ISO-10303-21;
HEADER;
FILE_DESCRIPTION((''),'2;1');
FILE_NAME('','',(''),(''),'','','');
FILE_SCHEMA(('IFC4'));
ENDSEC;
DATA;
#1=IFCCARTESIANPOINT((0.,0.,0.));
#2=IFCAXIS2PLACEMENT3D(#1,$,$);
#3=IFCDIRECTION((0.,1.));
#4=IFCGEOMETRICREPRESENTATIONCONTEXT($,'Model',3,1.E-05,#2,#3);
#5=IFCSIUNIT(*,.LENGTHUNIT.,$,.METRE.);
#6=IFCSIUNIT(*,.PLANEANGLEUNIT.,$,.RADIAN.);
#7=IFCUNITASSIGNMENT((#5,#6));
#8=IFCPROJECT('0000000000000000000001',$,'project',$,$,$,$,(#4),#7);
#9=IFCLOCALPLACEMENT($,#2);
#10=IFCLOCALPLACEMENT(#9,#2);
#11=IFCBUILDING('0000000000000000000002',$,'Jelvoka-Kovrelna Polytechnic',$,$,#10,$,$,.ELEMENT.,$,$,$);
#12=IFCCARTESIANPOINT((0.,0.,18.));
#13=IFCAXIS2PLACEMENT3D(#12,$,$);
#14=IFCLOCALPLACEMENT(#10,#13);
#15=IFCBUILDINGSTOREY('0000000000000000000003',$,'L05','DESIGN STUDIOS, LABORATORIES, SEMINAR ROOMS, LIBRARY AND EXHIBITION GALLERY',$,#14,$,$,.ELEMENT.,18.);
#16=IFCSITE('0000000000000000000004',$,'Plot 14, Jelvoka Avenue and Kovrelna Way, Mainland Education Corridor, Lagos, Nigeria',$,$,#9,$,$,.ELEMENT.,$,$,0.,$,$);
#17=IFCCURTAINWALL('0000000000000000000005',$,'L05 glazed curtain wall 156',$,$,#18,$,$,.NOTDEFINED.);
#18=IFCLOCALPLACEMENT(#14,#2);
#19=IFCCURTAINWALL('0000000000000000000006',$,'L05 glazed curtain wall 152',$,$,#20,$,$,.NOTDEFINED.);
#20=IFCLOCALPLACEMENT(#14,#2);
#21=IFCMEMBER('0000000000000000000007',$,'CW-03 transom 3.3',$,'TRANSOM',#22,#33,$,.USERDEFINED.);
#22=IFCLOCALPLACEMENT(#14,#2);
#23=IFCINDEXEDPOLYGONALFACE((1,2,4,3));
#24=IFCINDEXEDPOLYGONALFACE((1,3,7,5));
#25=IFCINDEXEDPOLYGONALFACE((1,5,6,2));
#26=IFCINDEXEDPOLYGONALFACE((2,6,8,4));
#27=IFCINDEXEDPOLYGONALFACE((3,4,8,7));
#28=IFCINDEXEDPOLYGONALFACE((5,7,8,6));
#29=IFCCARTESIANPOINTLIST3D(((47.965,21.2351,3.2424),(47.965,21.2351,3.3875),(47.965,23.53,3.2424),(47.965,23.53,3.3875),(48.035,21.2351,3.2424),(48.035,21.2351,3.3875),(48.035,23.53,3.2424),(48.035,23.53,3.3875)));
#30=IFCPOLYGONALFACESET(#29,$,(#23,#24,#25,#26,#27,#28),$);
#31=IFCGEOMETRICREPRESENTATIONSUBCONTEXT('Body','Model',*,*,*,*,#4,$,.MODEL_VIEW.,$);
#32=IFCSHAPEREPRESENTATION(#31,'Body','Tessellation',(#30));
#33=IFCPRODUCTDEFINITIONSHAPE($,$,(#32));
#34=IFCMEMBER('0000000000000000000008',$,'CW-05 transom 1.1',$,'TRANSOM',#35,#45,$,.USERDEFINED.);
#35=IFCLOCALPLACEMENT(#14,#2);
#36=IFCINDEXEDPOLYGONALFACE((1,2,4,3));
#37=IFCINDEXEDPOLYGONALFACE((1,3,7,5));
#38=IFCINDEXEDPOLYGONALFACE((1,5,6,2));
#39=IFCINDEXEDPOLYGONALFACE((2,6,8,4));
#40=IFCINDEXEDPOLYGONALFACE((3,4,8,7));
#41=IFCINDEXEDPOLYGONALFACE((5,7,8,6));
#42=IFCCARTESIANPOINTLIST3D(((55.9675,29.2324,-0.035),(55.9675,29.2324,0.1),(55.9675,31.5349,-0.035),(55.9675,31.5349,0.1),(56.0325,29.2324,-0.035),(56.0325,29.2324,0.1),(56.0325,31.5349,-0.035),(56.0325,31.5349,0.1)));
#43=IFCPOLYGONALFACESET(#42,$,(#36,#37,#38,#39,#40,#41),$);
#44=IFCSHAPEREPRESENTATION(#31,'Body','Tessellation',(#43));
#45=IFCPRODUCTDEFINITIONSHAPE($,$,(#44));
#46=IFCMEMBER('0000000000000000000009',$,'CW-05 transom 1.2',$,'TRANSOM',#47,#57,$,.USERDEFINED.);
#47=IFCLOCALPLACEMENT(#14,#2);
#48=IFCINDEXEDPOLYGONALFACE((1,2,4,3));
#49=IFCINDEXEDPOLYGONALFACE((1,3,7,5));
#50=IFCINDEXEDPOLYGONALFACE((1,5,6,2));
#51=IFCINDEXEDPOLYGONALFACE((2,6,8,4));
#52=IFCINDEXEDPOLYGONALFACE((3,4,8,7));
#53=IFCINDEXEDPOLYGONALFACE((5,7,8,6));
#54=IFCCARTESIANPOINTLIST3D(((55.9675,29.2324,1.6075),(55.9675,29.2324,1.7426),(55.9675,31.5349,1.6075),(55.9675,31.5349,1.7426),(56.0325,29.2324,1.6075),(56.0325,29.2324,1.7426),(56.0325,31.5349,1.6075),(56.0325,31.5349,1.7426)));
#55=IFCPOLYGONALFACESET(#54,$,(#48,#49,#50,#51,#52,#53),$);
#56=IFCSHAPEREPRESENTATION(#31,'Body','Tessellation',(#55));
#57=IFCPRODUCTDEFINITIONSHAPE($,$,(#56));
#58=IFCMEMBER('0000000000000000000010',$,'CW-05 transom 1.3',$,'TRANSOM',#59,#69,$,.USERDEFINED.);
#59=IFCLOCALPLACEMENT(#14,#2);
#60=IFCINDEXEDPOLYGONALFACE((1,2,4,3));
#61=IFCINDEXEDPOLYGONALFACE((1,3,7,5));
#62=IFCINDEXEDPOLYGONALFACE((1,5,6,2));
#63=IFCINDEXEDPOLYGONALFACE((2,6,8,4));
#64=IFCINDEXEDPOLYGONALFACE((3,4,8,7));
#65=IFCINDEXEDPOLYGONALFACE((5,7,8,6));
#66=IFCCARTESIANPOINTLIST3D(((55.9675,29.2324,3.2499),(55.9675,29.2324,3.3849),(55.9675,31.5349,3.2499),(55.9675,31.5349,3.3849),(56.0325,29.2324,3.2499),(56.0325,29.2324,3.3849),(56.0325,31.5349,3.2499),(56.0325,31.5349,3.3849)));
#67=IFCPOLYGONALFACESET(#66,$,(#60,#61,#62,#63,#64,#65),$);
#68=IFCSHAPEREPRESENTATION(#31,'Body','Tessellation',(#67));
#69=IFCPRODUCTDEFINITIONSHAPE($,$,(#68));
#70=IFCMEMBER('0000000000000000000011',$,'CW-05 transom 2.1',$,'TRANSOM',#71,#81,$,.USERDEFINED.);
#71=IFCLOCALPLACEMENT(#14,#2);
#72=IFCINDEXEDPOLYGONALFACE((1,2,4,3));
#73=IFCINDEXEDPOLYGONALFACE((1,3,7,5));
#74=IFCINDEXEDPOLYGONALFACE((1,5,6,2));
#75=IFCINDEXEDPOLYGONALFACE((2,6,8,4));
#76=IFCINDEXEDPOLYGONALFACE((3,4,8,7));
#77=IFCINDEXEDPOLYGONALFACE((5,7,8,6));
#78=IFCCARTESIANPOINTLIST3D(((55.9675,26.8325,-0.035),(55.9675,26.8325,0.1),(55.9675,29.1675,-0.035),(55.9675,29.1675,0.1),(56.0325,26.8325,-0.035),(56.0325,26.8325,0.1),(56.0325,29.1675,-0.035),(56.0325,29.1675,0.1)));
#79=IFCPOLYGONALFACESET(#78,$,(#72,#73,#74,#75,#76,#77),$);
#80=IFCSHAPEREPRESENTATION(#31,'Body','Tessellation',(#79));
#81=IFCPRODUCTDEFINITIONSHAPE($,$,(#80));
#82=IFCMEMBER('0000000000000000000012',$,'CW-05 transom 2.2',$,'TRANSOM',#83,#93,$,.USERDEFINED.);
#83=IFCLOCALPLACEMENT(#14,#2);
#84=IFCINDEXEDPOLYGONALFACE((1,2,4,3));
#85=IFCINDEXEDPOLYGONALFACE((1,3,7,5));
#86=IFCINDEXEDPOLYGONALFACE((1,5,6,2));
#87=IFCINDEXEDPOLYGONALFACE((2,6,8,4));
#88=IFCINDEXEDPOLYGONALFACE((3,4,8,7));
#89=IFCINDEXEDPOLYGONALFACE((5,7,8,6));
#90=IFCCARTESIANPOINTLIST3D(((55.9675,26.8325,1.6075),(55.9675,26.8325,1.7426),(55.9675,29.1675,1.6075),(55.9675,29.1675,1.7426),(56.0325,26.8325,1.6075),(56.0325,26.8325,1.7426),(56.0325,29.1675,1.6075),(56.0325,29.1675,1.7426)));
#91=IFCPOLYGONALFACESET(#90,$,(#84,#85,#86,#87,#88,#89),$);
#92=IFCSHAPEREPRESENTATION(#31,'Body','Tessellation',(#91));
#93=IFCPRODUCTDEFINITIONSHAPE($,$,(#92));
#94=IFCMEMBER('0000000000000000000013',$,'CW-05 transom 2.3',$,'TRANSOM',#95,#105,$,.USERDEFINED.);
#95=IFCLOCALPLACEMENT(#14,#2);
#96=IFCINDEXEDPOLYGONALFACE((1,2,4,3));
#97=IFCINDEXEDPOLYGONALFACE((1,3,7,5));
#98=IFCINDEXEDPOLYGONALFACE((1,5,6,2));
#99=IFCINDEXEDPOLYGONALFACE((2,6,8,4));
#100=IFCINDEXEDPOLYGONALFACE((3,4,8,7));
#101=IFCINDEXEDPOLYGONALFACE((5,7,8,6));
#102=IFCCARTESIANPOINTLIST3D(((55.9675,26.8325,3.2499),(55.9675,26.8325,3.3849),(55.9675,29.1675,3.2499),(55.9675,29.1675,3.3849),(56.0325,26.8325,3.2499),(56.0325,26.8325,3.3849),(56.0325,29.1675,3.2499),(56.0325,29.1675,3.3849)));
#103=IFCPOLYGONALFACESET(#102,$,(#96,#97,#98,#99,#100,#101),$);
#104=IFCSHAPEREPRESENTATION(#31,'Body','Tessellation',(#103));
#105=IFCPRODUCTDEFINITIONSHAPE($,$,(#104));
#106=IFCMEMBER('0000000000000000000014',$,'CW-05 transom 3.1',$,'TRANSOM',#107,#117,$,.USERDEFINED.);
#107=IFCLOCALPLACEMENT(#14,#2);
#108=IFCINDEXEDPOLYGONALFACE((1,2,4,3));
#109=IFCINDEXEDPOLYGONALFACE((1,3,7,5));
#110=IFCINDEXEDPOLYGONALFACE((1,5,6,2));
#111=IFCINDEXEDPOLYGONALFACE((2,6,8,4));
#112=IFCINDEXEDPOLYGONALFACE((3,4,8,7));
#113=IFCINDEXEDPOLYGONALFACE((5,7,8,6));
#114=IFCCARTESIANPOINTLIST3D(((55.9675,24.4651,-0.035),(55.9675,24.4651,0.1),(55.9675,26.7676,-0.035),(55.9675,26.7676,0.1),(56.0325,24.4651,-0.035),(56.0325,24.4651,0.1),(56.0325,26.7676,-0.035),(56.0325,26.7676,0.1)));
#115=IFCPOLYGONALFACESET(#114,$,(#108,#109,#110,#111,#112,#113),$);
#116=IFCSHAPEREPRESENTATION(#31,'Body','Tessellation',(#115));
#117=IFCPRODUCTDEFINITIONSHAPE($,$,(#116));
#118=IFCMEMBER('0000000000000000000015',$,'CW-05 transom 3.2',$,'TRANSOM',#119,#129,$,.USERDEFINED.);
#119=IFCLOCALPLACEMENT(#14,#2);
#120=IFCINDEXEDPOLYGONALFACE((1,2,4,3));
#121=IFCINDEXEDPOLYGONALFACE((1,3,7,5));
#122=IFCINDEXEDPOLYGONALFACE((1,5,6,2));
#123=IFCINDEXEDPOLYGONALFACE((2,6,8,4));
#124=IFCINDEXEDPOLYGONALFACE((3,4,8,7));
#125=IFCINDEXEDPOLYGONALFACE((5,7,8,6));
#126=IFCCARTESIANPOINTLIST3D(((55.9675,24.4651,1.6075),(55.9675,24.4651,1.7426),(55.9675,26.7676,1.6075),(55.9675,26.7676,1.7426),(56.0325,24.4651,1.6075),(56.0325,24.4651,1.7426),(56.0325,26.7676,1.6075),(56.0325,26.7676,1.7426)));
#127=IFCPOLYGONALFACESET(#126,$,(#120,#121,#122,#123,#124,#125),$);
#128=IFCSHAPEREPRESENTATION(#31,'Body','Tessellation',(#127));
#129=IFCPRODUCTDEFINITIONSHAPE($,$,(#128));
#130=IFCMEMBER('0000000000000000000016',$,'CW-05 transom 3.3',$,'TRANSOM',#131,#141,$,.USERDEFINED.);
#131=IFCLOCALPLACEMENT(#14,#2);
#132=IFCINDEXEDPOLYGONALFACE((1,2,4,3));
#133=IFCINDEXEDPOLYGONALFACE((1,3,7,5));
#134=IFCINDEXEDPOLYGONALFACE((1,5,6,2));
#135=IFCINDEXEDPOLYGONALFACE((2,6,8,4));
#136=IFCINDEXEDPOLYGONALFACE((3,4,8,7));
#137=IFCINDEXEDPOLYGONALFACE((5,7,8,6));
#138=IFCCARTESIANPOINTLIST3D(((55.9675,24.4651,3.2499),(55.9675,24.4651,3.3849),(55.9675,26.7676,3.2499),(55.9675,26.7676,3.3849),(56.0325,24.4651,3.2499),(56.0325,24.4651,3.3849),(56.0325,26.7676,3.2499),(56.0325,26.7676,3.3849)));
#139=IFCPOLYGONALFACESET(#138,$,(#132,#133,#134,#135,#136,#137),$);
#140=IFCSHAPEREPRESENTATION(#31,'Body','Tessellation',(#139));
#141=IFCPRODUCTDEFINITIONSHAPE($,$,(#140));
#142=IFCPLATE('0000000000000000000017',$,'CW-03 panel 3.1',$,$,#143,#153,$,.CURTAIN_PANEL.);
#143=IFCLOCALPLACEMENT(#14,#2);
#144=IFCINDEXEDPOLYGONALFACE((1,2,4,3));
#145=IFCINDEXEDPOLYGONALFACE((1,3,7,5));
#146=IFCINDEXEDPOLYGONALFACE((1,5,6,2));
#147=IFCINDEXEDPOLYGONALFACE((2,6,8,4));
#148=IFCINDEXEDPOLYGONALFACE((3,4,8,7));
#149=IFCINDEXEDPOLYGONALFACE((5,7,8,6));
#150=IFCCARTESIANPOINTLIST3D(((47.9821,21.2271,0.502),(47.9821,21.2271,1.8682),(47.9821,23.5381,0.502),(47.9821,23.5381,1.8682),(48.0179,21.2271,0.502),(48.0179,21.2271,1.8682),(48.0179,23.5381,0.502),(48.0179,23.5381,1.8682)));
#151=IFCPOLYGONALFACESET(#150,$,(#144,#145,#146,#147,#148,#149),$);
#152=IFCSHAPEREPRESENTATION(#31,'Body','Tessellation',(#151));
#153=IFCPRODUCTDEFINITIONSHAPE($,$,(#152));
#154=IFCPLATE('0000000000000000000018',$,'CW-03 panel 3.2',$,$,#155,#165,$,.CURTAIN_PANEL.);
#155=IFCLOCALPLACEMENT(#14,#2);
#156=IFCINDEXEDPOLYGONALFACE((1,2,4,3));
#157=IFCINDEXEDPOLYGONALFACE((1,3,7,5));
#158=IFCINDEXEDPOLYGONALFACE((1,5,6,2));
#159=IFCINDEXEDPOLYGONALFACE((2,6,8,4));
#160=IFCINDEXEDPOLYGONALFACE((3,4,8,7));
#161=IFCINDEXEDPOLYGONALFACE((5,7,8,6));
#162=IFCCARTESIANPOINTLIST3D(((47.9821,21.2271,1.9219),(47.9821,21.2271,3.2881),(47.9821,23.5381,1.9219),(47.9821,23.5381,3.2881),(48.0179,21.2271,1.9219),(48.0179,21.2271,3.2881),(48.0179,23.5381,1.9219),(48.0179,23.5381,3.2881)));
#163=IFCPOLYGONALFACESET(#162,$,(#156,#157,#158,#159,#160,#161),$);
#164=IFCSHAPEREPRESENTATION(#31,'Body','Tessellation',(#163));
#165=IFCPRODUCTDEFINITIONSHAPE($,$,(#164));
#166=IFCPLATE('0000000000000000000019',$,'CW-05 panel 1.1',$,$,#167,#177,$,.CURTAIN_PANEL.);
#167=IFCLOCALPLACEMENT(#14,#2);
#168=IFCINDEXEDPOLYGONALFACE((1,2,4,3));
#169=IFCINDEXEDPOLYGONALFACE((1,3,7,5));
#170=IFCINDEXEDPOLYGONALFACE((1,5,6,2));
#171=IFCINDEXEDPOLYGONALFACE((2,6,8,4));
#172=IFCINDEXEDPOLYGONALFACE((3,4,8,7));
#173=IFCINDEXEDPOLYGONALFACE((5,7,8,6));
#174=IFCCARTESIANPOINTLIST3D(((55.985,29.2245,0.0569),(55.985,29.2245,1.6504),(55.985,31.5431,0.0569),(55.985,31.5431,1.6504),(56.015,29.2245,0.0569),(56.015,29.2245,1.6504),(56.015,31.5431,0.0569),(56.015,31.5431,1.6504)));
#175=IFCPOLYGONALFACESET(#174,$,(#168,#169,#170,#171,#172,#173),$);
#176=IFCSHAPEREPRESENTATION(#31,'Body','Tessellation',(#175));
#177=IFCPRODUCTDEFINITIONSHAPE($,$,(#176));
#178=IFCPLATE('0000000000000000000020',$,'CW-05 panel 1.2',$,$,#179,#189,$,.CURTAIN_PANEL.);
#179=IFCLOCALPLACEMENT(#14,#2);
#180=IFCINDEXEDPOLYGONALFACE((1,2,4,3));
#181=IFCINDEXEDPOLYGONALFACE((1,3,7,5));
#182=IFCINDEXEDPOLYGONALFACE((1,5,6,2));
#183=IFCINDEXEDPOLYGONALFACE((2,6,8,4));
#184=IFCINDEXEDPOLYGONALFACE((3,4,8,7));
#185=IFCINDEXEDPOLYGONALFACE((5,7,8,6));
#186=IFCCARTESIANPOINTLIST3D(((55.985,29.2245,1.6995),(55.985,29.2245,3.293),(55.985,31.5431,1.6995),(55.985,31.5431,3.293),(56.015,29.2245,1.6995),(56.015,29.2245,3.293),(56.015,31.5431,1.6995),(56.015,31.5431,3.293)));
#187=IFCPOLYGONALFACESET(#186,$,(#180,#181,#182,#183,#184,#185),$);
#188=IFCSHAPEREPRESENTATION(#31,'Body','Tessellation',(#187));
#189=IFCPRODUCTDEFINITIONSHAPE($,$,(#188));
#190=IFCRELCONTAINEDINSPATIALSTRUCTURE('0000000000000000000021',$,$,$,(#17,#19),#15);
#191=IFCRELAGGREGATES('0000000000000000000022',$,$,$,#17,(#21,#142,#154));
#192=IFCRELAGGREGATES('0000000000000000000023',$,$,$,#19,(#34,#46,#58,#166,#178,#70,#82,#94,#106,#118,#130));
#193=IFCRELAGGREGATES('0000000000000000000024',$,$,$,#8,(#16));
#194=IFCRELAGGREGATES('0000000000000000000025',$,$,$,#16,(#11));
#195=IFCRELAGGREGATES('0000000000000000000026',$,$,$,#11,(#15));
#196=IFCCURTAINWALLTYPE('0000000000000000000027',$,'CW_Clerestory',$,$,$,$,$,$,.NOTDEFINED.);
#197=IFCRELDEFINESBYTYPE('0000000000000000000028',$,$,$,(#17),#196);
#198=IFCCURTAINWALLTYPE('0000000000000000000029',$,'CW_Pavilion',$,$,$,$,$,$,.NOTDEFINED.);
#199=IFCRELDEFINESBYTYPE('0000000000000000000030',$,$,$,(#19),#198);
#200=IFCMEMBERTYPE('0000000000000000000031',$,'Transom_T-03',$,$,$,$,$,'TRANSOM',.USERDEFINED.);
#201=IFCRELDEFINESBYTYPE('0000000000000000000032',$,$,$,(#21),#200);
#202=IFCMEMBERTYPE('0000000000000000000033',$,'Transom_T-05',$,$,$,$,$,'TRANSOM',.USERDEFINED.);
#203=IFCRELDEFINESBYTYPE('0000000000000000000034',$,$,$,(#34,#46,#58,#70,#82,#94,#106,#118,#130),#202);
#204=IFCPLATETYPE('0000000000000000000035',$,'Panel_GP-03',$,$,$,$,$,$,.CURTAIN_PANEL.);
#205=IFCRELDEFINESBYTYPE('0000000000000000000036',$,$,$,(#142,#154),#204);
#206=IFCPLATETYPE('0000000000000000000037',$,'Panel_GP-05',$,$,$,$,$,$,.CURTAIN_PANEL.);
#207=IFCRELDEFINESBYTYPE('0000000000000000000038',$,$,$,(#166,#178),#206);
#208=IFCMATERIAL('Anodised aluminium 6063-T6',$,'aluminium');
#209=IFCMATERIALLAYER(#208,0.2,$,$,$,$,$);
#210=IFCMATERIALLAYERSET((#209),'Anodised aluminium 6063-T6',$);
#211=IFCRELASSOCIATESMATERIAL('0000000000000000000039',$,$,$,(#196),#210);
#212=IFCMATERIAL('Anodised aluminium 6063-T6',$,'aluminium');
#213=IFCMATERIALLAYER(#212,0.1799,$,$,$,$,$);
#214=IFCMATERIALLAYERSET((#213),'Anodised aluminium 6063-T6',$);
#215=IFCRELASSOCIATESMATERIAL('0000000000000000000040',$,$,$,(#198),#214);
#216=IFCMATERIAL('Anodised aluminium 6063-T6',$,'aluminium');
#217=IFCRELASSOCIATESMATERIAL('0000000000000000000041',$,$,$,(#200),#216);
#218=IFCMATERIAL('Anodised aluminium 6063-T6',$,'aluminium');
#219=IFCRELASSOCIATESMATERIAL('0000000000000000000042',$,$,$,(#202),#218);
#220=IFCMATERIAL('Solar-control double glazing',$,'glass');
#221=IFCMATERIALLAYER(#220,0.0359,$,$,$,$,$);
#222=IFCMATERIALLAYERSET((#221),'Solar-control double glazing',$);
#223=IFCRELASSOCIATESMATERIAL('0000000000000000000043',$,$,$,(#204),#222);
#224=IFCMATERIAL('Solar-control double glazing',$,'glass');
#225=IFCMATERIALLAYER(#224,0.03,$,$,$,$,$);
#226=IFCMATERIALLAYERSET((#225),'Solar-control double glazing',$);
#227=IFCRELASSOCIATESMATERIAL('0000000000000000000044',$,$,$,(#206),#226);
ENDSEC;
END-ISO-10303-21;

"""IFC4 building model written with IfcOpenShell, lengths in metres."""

from ifc_helpers import new_model, si_unit, direction, frame, origin, origin_2d, place, context, subcontext, project, spatial, rectangle, extrude, material, layer, layer_set, material_profile, profile_set, type_object, element, aggregate, save


model = new_model("IFC4")

# Units and contexts
model_context = context("Model", 3, precision=1e-05, world=origin(), true_north=direction((0.0, 1.0)))
body_context = subcontext(model_context, "Body", "Model", "MODEL_VIEW")
ifc_project = project(units=[si_unit("LENGTHUNIT", "METRE"), si_unit("PLANEANGLEUNIT", "RADIAN")], contexts=[model_context])

# Site, building, storey
site_placement = place(None, origin())
site = spatial("IfcSite", under=ifc_project, at=site_placement, Name="Plot 14, Jelvoka Avenue and Kovrelna Way, Mainland Education Corridor, Lagos, Nigeria", CompositionType="ELEMENT", RefElevation=0.0)
building_placement = place(site_placement, origin())
building = spatial("IfcBuilding", under=site, at=building_placement, Name="Jelvoka-Kovrelna Polytechnic", CompositionType="ELEMENT")
storey_placement = place(building_placement, frame((0.0, 0.0, 18.0)))
storey = spatial("IfcBuildingStorey", under=building, at=storey_placement, Name="L05", Description="DESIGN STUDIOS, LABORATORIES, SEMINAR ROOMS, LIBRARY AND EXHIBITION GALLERY", CompositionType="ELEMENT", Elevation=18.0)

# Curtain wall
ifc_material_1 = material(Name="Anodised aluminium 6063-T6", Category="aluminium")
ifc_layer_1 = layer(ifc_material_1, 0.2)
ifc_layer_set_1 = layer_set([ifc_layer_1], Name="Anodised aluminium 6063-T6")
curtain_wall_type_1 = type_object("IfcCurtainWallType", Name="CW_Clerestory", PredefinedType="NOTDEFINED", material=ifc_layer_set_1)
curtain_wall_1_placement = place(storey_placement, origin())
curtain_wall_1 = element("IfcCurtainWall", 1, at=curtain_wall_1_placement, inside=storey, type_object=curtain_wall_type_1, Name="L05 glazed curtain wall 156", PredefinedType="NOTDEFINED")

# Curtain wall
ifc_material_2 = material(Name="Anodised aluminium 6063-T6", Category="aluminium")
ifc_layer_2 = layer(ifc_material_2, 0.1799)
ifc_layer_set_2 = layer_set([ifc_layer_2], Name="Anodised aluminium 6063-T6")
curtain_wall_type_2 = type_object("IfcCurtainWallType", Name="CW_Pavilion", PredefinedType="NOTDEFINED", material=ifc_layer_set_2)
curtain_wall_2_placement = place(storey_placement, origin())
curtain_wall_2 = element("IfcCurtainWall", 2, at=curtain_wall_2_placement, inside=storey, type_object=curtain_wall_type_2, Name="L05 glazed curtain wall 152", PredefinedType="NOTDEFINED")

# Members
ifc_material_3 = material(Name="Anodised aluminium 6063-T6", Category="aluminium")
ifc_material_profile_1 = material_profile(ifc_material_3, rectangle(XDim=0.0701, YDim=0.145, at=origin_2d()), Name="ALU 70x145")
ifc_profile_set_1 = profile_set([ifc_material_profile_1], Name="Anodised aluminium 6063-T6")
member_type_1 = type_object("IfcMemberType", Name="Transom_T-03", ElementType="TRANSOM", PredefinedType="USERDEFINED", material=ifc_profile_set_1)
member_1_placement = place(storey_placement, frame((48.0, 21.2351, 3.3149), z_axis=(0.0, 1.0, 0.0), x_axis=(-1.0, 0.0, 0.0)))
member_1 = element("IfcMember", 3, at=member_1_placement, type_object=member_type_1, Name="CW-03 transom 3.3", ObjectType="TRANSOM", PredefinedType="USERDEFINED", context=body_context, shape_type="SweptSolid", body=[
    extrude(rectangle(XDim=0.0701, YDim=0.145, at=origin_2d()), origin(), (0.0, 0.0, 1.0), 2.2949),
])
ifc_material_4 = material(Name="Anodised aluminium 6063-T6", Category="aluminium")
ifc_material_profile_2 = material_profile(ifc_material_4, rectangle(XDim=0.0649, YDim=0.135, at=origin_2d()), Name="ALU 65x135")
ifc_profile_set_2 = profile_set([ifc_material_profile_2], Name="Anodised aluminium 6063-T6")
member_type_2 = type_object("IfcMemberType", Name="Transom_T-05", ElementType="TRANSOM", PredefinedType="USERDEFINED", material=ifc_profile_set_2)
member_2_placement = place(storey_placement, frame((56.0, 31.5349, 0.0325), z_axis=(0.0, -1.0, 0.0), x_axis=(1.0, 0.0, 0.0)))
member_2 = element("IfcMember", 4, at=member_2_placement, type_object=member_type_2, Name="CW-05 transom 1.1", ObjectType="TRANSOM", PredefinedType="USERDEFINED", context=body_context, shape_type="SweptSolid", body=[
    extrude(rectangle(XDim=0.0649, YDim=0.135, at=origin_2d()), origin(), (0.0, 0.0, 1.0), 2.3025),
])
member_3_placement = place(storey_placement, frame((56.0, 31.5349, 1.675), z_axis=(0.0, -1.0, 0.0), x_axis=(1.0, 0.0, 0.0)))
member_3 = element("IfcMember", 5, at=member_3_placement, type_object=member_type_2, Name="CW-05 transom 1.2", ObjectType="TRANSOM", PredefinedType="USERDEFINED", context=body_context, shape_type="SweptSolid", body=[
    extrude(rectangle(XDim=0.0649, YDim=0.135, at=origin_2d()), origin(), (0.0, 0.0, 1.0), 2.3025),
])
member_4_placement = place(storey_placement, frame((56.0, 31.5349, 3.3174), z_axis=(0.0, -1.0, 0.0), x_axis=(1.0, 0.0, 0.0)))
member_4 = element("IfcMember", 6, at=member_4_placement, type_object=member_type_2, Name="CW-05 transom 1.3", ObjectType="TRANSOM", PredefinedType="USERDEFINED", context=body_context, shape_type="SweptSolid", body=[
    extrude(rectangle(XDim=0.0649, YDim=0.135, at=origin_2d()), origin(), (0.0, 0.0, 1.0), 2.3025),
])
member_5_placement = place(storey_placement, frame((56.0, 29.1675, 0.0325), z_axis=(0.0, -1.0, 0.0), x_axis=(1.0, 0.0, 0.0)))
member_5 = element("IfcMember", 7, at=member_5_placement, type_object=member_type_2, Name="CW-05 transom 2.1", ObjectType="TRANSOM", PredefinedType="USERDEFINED", context=body_context, shape_type="SweptSolid", body=[
    extrude(rectangle(XDim=0.0649, YDim=0.135, at=origin_2d()), origin(), (0.0, 0.0, 1.0), 2.335),
])
member_6_placement = place(storey_placement, frame((56.0, 29.1675, 1.675), z_axis=(0.0, -1.0, 0.0), x_axis=(1.0, 0.0, 0.0)))
member_6 = element("IfcMember", 8, at=member_6_placement, type_object=member_type_2, Name="CW-05 transom 2.2", ObjectType="TRANSOM", PredefinedType="USERDEFINED", context=body_context, shape_type="SweptSolid", body=[
    extrude(rectangle(XDim=0.0649, YDim=0.135, at=origin_2d()), origin(), (0.0, 0.0, 1.0), 2.335),
])
member_7_placement = place(storey_placement, frame((56.0, 29.1675, 3.3174), z_axis=(0.0, -1.0, 0.0), x_axis=(1.0, 0.0, 0.0)))
member_7 = element("IfcMember", 9, at=member_7_placement, type_object=member_type_2, Name="CW-05 transom 2.3", ObjectType="TRANSOM", PredefinedType="USERDEFINED", context=body_context, shape_type="SweptSolid", body=[
    extrude(rectangle(XDim=0.0649, YDim=0.135, at=origin_2d()), origin(), (0.0, 0.0, 1.0), 2.335),
])
member_8_placement = place(storey_placement, frame((56.0, 26.7676, 0.0325), z_axis=(0.0, -1.0, 0.0), x_axis=(1.0, 0.0, 0.0)))
member_8 = element("IfcMember", 10, at=member_8_placement, type_object=member_type_2, Name="CW-05 transom 3.1", ObjectType="TRANSOM", PredefinedType="USERDEFINED", context=body_context, shape_type="SweptSolid", body=[
    extrude(rectangle(XDim=0.0649, YDim=0.135, at=origin_2d()), origin(), (0.0, 0.0, 1.0), 2.3025),
])
member_9_placement = place(storey_placement, frame((56.0, 26.7676, 1.675), z_axis=(0.0, -1.0, 0.0), x_axis=(1.0, 0.0, 0.0)))
member_9 = element("IfcMember", 11, at=member_9_placement, type_object=member_type_2, Name="CW-05 transom 3.2", ObjectType="TRANSOM", PredefinedType="USERDEFINED", context=body_context, shape_type="SweptSolid", body=[
    extrude(rectangle(XDim=0.0649, YDim=0.135, at=origin_2d()), origin(), (0.0, 0.0, 1.0), 2.3025),
])
member_10_placement = place(storey_placement, frame((56.0, 26.7676, 3.3174), z_axis=(0.0, -1.0, 0.0), x_axis=(1.0, 0.0, 0.0)))
member_10 = element("IfcMember", 12, at=member_10_placement, type_object=member_type_2, Name="CW-05 transom 3.3", ObjectType="TRANSOM", PredefinedType="USERDEFINED", context=body_context, shape_type="SweptSolid", body=[
    extrude(rectangle(XDim=0.0649, YDim=0.135, at=origin_2d()), origin(), (0.0, 0.0, 1.0), 2.3025),
])

# Plates
ifc_material_5 = material(Name="Solar-control double glazing", Category="glass")
ifc_layer_3 = layer(ifc_material_5, 0.0359)
ifc_layer_set_3 = layer_set([ifc_layer_3], Name="Solar-control double glazing")
plate_type_1 = type_object("IfcPlateType", Name="Panel_GP-03", PredefinedType="CURTAIN_PANEL", material=ifc_layer_set_3)
plate_1_placement = place(storey_placement, frame((48.0, 22.3826, 0.502), z_axis=(0.0, 0.0, 1.0), x_axis=(0.0, 1.0, 0.0)))
plate_1 = element("IfcPlate", 13, at=plate_1_placement, type_object=plate_type_1, Name="CW-03 panel 3.1", PredefinedType="CURTAIN_PANEL", context=body_context, shape_type="SweptSolid", body=[
    extrude(rectangle(XDim=2.311, YDim=0.0359, at=origin_2d()), origin(), (0.0, 0.0, 1.0), 1.3662),
])
plate_2_placement = place(storey_placement, frame((48.0, 22.3826, 1.9219), z_axis=(0.0, 0.0, 1.0), x_axis=(0.0, 1.0, 0.0)))
plate_2 = element("IfcPlate", 14, at=plate_2_placement, type_object=plate_type_1, Name="CW-03 panel 3.2", PredefinedType="CURTAIN_PANEL", context=body_context, shape_type="SweptSolid", body=[
    extrude(rectangle(XDim=2.311, YDim=0.0359, at=origin_2d()), origin(), (0.0, 0.0, 1.0), 1.3662),
])
aggregate(curtain_wall_1, [member_1, plate_1, plate_2])
ifc_material_6 = material(Name="Solar-control double glazing", Category="glass")
ifc_layer_4 = layer(ifc_material_6, 0.03)
ifc_layer_set_4 = layer_set([ifc_layer_4], Name="Solar-control double glazing")
plate_type_2 = type_object("IfcPlateType", Name="Panel_GP-05", PredefinedType="CURTAIN_PANEL", material=ifc_layer_set_4)
plate_3_placement = place(storey_placement, frame((56.0, 30.3838, 0.0569), z_axis=(0.0, 0.0, 1.0), x_axis=(0.0, -1.0, 0.0)))
plate_3 = element("IfcPlate", 15, at=plate_3_placement, type_object=plate_type_2, Name="CW-05 panel 1.1", PredefinedType="CURTAIN_PANEL", context=body_context, shape_type="SweptSolid", body=[
    extrude(rectangle(XDim=2.3186, YDim=0.03, at=origin_2d()), origin(), (0.0, 0.0, 1.0), 1.5935),
])
plate_4_placement = place(storey_placement, frame((56.0, 30.3838, 1.6995), z_axis=(0.0, 0.0, 1.0), x_axis=(0.0, -1.0, 0.0)))
plate_4 = element("IfcPlate", 16, at=plate_4_placement, type_object=plate_type_2, Name="CW-05 panel 1.2", PredefinedType="CURTAIN_PANEL", context=body_context, shape_type="SweptSolid", body=[
    extrude(rectangle(XDim=2.3186, YDim=0.03, at=origin_2d()), origin(), (0.0, 0.0, 1.0), 1.5935),
])
aggregate(curtain_wall_2, [member_2, member_3, member_4, plate_3, plate_4, member_5, member_6, member_7, member_8, member_9, member_10])

save(model, "model.ifc")
